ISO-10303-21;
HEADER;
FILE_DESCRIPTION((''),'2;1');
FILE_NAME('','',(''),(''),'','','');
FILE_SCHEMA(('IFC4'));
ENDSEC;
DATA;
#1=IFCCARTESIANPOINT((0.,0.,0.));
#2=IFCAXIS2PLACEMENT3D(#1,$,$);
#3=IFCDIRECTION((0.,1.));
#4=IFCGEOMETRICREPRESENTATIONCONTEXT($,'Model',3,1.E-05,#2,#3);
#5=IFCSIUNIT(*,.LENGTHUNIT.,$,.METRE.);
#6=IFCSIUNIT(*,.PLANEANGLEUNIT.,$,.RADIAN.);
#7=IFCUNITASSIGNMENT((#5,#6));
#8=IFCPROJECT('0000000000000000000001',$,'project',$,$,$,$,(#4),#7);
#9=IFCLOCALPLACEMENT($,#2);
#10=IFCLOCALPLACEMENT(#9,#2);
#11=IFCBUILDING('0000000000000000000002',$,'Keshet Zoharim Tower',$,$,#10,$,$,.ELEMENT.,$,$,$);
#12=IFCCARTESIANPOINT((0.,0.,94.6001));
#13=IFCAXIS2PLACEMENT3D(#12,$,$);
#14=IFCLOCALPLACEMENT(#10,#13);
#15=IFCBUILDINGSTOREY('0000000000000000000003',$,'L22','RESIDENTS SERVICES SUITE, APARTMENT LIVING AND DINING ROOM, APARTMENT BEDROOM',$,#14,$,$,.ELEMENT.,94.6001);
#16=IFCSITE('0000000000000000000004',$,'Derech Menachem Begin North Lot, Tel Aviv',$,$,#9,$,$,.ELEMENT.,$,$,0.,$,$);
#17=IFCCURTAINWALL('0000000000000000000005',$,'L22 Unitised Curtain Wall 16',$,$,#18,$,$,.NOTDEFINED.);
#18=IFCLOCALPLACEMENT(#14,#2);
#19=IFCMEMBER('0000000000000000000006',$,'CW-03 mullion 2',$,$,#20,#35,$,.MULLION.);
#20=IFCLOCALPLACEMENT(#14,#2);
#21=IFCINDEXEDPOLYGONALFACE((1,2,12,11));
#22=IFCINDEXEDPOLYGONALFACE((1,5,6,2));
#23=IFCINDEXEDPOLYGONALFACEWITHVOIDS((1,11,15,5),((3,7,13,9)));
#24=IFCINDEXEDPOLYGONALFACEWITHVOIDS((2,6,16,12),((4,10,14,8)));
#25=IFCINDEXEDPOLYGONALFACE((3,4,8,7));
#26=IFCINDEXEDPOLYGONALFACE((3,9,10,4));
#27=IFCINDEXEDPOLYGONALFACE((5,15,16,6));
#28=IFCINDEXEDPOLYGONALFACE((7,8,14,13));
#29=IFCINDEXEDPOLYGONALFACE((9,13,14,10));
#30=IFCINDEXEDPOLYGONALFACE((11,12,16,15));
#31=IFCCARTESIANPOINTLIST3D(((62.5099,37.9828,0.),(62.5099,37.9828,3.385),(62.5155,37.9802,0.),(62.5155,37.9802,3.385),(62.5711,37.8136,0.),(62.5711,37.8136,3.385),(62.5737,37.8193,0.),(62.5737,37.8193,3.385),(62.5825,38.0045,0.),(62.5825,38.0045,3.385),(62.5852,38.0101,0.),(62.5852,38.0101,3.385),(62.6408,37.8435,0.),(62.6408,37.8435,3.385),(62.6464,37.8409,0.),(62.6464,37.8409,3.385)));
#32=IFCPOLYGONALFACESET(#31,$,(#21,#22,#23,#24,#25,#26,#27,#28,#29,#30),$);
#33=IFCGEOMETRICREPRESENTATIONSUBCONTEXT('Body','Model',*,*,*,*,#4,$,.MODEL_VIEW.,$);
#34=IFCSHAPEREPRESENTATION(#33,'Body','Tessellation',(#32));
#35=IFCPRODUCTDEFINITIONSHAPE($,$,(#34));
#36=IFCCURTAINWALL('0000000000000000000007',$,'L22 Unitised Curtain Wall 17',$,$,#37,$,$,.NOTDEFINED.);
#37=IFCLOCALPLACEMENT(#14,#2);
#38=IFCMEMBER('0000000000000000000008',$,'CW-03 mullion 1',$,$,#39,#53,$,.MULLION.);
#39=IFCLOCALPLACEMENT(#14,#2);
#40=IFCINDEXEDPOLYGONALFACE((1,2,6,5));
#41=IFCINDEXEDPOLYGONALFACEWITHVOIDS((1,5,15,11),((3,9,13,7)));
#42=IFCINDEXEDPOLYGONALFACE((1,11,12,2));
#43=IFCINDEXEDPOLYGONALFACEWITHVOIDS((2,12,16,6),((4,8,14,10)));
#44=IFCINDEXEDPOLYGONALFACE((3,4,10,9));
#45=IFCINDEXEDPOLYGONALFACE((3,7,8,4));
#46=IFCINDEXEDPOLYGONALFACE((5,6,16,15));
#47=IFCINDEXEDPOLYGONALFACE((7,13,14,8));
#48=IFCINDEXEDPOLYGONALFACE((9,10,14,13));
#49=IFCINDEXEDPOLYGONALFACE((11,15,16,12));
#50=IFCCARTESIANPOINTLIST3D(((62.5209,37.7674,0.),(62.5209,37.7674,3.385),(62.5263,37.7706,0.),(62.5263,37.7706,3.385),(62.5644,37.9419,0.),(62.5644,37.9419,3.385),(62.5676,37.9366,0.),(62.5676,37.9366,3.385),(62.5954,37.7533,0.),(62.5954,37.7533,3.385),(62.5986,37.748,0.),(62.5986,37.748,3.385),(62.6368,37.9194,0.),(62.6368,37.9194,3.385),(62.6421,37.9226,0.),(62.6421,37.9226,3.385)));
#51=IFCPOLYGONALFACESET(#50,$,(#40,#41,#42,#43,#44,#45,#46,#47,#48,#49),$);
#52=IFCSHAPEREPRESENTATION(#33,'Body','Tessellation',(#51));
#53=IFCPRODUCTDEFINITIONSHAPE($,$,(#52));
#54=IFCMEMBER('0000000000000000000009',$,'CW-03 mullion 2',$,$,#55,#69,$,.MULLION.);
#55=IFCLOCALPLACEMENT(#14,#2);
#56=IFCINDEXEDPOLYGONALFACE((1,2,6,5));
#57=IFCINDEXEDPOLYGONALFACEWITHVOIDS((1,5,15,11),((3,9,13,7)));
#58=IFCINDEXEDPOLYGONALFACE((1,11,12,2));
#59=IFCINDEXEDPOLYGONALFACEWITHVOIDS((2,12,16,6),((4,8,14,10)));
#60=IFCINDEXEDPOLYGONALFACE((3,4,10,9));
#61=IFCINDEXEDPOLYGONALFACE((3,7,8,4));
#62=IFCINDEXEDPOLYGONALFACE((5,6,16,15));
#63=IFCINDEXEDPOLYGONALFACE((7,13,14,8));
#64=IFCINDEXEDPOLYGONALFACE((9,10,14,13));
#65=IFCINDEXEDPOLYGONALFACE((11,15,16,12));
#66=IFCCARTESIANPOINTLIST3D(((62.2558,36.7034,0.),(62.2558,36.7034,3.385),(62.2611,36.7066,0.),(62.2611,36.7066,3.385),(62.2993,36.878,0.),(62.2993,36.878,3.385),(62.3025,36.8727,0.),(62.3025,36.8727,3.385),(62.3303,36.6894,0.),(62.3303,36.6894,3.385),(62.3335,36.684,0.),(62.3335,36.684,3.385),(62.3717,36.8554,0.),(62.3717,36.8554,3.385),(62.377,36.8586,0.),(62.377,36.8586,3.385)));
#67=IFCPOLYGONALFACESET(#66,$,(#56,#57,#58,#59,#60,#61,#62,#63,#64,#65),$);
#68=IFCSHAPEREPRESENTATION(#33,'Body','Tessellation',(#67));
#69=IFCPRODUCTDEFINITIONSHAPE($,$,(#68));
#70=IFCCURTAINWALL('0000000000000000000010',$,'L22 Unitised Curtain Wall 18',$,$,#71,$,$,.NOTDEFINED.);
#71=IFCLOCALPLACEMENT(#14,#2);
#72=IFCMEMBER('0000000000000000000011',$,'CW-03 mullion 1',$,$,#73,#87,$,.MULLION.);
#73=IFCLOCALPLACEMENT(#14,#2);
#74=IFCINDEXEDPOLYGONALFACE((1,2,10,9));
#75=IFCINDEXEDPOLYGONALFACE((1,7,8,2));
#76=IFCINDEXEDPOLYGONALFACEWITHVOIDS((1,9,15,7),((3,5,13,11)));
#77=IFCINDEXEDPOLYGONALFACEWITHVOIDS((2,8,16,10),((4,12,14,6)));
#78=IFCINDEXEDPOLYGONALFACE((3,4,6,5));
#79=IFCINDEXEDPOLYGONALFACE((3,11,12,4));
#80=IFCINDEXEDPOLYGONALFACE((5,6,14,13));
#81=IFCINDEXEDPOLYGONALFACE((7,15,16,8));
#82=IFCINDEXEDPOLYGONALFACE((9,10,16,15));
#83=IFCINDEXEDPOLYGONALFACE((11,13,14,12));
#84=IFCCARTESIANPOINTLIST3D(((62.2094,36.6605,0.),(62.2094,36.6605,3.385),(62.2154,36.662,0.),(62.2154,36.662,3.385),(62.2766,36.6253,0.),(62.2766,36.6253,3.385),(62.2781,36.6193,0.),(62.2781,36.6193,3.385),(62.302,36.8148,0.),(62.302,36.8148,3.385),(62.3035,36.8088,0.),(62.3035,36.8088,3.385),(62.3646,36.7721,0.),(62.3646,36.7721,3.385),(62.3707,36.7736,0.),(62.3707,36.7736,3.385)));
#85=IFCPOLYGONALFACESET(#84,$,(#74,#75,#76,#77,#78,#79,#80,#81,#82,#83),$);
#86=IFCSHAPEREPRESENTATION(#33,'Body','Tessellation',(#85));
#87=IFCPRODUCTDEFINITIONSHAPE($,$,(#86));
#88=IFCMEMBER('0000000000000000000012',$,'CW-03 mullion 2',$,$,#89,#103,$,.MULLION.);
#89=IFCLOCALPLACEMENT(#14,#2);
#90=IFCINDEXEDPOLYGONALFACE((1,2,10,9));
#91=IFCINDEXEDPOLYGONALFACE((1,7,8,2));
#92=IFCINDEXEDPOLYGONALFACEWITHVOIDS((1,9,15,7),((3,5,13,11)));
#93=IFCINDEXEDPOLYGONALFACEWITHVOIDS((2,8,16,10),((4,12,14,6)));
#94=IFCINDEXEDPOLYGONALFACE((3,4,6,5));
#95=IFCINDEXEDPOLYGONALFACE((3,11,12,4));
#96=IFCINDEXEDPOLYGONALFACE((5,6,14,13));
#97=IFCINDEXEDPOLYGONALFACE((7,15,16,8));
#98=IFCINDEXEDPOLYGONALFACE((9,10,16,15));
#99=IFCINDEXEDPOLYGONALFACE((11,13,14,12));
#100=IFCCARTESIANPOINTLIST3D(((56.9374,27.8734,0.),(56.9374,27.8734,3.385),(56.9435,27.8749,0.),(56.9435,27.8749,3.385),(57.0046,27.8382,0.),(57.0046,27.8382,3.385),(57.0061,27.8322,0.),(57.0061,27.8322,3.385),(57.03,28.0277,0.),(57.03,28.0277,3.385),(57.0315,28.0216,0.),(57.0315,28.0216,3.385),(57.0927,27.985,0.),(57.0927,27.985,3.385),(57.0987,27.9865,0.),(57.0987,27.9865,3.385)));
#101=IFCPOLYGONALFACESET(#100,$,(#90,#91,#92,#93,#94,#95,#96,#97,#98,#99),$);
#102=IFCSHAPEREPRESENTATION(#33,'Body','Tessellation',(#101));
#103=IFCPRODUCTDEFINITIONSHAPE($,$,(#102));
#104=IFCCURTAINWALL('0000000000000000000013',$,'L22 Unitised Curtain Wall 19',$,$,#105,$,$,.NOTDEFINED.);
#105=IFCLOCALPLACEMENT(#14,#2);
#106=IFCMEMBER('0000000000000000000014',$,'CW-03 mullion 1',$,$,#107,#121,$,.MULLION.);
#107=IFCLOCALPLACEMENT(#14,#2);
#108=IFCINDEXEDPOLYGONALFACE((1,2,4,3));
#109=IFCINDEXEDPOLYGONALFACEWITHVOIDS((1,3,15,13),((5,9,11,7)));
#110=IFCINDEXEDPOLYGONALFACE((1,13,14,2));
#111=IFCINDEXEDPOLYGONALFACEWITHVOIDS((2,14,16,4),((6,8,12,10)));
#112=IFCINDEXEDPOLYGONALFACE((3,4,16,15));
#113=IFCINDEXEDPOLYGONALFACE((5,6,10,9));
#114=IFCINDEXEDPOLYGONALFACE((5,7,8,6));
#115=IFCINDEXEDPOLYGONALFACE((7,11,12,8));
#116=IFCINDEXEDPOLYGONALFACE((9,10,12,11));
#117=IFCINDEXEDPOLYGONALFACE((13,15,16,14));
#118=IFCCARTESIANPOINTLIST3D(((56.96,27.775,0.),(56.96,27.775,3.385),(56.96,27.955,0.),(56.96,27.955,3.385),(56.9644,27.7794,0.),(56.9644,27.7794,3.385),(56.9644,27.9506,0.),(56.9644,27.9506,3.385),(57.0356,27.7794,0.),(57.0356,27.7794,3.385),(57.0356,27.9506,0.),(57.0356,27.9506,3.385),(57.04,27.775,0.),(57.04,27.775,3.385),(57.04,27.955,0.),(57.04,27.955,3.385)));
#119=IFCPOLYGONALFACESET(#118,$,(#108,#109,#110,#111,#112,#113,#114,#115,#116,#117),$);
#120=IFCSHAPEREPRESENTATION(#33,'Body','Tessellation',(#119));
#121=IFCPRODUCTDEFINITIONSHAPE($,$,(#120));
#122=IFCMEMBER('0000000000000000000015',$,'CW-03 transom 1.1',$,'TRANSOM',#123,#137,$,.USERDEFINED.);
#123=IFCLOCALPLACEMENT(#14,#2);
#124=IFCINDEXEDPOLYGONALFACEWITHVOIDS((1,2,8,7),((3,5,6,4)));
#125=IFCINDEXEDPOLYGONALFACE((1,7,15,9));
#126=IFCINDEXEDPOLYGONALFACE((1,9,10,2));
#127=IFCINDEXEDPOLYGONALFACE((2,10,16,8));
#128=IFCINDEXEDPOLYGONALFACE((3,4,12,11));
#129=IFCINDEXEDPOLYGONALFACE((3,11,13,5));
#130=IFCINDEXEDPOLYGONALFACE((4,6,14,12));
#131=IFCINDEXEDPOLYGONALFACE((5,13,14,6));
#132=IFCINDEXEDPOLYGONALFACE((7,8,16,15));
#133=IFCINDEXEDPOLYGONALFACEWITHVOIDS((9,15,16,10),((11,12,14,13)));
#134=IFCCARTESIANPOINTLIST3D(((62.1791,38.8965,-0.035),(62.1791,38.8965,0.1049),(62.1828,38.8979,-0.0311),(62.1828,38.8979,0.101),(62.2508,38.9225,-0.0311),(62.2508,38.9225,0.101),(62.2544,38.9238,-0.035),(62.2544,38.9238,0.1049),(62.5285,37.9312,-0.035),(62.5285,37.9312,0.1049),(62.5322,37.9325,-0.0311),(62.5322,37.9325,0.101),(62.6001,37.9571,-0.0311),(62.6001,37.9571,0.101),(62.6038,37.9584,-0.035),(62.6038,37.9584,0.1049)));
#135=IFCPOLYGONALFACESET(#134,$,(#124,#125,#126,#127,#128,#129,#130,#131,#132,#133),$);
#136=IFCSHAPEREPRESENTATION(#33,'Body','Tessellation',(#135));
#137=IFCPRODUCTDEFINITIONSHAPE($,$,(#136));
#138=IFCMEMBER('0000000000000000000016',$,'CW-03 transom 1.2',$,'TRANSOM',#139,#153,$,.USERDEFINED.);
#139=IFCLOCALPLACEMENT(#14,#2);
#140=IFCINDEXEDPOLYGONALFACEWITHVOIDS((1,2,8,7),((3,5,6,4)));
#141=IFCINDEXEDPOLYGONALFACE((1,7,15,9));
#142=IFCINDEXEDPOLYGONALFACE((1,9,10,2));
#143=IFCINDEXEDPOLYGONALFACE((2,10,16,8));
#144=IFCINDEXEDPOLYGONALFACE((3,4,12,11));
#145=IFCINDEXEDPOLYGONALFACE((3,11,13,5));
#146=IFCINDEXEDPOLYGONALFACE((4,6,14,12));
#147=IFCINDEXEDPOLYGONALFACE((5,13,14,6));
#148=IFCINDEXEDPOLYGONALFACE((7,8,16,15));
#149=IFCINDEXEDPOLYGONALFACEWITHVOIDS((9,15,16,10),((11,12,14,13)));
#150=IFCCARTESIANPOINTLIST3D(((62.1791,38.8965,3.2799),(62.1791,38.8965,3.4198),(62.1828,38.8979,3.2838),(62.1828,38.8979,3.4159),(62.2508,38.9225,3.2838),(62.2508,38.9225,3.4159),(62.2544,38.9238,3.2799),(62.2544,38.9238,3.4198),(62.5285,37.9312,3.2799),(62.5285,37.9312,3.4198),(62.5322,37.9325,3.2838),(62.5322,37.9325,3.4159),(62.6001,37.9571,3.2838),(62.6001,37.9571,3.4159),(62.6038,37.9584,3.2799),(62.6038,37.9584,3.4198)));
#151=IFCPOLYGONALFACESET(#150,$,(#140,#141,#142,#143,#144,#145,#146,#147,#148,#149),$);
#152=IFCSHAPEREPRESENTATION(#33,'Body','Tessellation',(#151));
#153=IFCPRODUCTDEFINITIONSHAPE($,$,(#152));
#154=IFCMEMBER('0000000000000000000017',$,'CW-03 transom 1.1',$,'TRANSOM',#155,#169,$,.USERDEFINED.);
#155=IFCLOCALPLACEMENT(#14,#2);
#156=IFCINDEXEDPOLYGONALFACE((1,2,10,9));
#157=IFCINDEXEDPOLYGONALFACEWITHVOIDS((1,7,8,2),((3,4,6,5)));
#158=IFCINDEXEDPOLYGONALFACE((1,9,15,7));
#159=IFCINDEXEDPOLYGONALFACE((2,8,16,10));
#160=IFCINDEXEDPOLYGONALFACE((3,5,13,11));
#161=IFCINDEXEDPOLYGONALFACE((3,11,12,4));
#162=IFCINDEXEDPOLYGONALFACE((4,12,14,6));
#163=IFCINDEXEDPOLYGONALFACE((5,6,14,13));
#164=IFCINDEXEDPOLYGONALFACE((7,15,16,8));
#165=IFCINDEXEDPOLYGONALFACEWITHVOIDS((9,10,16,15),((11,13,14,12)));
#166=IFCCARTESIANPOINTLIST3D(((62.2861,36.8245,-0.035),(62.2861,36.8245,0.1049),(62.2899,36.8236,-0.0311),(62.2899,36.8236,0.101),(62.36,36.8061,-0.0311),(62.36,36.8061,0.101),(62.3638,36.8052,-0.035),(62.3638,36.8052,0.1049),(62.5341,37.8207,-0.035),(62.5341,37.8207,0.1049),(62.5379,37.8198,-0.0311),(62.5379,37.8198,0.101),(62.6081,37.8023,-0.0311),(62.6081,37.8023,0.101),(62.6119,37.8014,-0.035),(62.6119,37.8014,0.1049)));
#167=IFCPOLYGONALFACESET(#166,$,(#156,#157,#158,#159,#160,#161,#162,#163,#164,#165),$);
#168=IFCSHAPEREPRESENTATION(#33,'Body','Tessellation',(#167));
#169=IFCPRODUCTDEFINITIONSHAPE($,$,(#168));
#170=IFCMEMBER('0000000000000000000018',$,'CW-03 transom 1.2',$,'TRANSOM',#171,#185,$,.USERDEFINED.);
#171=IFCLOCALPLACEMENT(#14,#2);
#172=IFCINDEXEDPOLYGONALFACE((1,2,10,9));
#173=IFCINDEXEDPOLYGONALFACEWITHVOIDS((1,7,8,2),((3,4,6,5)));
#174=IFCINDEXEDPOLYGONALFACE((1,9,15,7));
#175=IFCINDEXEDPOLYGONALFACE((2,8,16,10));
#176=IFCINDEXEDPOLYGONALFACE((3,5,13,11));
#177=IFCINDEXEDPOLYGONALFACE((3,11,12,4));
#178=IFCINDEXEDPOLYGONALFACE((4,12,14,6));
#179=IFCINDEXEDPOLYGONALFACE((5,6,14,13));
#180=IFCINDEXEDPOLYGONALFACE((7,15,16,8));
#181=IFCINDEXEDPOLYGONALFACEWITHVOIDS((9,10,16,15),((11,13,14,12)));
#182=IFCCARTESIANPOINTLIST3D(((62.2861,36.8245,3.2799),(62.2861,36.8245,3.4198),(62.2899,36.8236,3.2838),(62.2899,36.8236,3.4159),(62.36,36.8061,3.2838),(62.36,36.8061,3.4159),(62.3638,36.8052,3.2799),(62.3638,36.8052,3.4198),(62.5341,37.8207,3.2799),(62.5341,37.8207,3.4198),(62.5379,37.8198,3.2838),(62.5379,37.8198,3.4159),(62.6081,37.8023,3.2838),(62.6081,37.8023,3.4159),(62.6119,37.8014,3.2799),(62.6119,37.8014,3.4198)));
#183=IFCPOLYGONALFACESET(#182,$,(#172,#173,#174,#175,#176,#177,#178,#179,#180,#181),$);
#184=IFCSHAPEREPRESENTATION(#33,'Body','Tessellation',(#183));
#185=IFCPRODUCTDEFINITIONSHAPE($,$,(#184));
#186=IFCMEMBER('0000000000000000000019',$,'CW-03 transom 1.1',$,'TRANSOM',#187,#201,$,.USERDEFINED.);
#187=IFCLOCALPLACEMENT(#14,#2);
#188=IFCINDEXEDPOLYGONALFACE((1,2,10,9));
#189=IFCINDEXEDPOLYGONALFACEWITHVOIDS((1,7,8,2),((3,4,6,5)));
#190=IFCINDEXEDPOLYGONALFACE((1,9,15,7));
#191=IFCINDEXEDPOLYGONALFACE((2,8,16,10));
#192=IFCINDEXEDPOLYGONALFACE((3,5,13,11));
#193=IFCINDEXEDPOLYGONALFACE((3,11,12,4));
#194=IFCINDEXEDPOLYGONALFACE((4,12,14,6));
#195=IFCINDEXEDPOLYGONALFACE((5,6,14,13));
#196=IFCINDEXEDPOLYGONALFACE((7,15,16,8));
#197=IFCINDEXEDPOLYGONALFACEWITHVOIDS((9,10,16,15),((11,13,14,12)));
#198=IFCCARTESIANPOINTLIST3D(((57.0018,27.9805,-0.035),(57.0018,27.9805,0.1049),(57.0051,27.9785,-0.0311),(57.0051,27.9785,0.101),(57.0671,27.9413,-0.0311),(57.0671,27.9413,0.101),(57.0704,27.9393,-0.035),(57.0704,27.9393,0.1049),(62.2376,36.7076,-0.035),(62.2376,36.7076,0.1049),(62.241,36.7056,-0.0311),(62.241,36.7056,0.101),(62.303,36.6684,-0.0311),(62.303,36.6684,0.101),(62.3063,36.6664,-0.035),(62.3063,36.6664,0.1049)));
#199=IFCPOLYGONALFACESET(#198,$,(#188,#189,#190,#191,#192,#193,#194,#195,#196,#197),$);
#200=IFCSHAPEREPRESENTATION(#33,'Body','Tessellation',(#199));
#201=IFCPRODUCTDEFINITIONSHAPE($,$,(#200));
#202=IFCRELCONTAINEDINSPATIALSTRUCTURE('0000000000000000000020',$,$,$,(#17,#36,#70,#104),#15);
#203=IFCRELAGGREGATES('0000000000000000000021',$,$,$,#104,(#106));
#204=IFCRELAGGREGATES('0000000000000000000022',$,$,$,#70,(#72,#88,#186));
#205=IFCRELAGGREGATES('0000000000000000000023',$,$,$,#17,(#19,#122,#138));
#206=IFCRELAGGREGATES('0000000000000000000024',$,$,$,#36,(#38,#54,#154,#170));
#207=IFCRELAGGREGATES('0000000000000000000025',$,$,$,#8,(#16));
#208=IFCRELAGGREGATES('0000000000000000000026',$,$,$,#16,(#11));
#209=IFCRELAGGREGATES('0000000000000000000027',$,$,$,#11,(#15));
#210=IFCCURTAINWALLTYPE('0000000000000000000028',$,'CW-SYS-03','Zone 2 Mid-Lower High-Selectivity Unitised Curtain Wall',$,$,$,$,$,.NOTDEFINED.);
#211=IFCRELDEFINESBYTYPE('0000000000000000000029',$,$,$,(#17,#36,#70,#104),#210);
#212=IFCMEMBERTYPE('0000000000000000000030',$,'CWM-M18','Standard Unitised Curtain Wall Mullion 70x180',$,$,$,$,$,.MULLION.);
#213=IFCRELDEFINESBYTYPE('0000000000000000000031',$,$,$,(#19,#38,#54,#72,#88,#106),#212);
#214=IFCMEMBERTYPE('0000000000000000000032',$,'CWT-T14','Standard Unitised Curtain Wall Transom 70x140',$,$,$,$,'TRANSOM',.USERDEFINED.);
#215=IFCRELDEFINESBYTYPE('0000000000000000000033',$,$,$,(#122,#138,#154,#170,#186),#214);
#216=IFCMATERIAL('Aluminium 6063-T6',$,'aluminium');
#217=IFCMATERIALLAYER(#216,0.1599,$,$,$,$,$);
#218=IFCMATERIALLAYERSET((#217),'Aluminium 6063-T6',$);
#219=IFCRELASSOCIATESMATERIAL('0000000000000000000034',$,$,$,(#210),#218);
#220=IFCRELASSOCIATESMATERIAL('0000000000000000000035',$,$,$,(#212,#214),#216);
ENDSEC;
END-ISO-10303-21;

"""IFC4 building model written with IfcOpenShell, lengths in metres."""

from ifc_helpers import new_model, si_unit, direction, frame, origin, origin_2d, place, context, subcontext, project, spatial, hollow_rectangle, extrude, material, layer, layer_set, material_profile, profile_set, type_object, element, aggregate, save


model = new_model("IFC4")

# Units and contexts
model_context = context("Model", 3, precision=1e-05, world=origin(), true_north=direction((0.0, 1.0)))
body_context = subcontext(model_context, "Body", "Model", "MODEL_VIEW")
ifc_project = project(units=[si_unit("LENGTHUNIT", "METRE"), si_unit("PLANEANGLEUNIT", "RADIAN")], contexts=[model_context])

# Site, building, storey
site_placement = place(None, origin())
site = spatial("IfcSite", under=ifc_project, at=site_placement, Name="Derech Menachem Begin North Lot, Tel Aviv", CompositionType="ELEMENT", RefElevation=0.0)
building_placement = place(site_placement, origin())
building = spatial("IfcBuilding", under=site, at=building_placement, Name="Keshet Zoharim Tower", CompositionType="ELEMENT")
storey_placement = place(building_placement, frame((0.0, 0.0, 94.6001)))
storey = spatial("IfcBuildingStorey", under=building, at=storey_placement, Name="L22", Description="RESIDENTS SERVICES SUITE, APARTMENT LIVING AND DINING ROOM, APARTMENT BEDROOM", CompositionType="ELEMENT", Elevation=94.6001)

# Shared definitions
ifc_material_1 = material(Name="Aluminium 6063-T6", Category="aluminium")
ifc_layer_1 = layer(ifc_material_1, 0.1599)
ifc_layer_set_1 = layer_set([ifc_layer_1], Name="Aluminium 6063-T6")
curtain_wall_type = type_object("IfcCurtainWallType", Name="CW-SYS-03", Description="Zone 2 Mid-Lower High-Selectivity Unitised Curtain Wall", PredefinedType="NOTDEFINED", material=ifc_layer_set_1)
ifc_material_profile_1 = material_profile(ifc_material_1, hollow_rectangle(XDim=0.0801, YDim=0.1799, WallThickness=0.0044, at=origin_2d()), Name="MUL-80x180")
ifc_profile_set_1 = profile_set([ifc_material_profile_1], Name="Aluminium 6063-T6")
member_type_1 = type_object("IfcMemberType", Name="CWM-M18", Description="Standard Unitised Curtain Wall Mullion 70x180", PredefinedType="MULLION", material=ifc_profile_set_1)

# Curtain walls, members
curtain_wall_1_placement = place(storey_placement, origin())
curtain_wall_1 = element("IfcCurtainWall", 1, at=curtain_wall_1_placement, inside=storey, type_object=curtain_wall_type, Name="L22 Unitised Curtain Wall 16", PredefinedType="NOTDEFINED")
member_1_placement = place(storey_placement, frame((62.5781, 37.9119, 0.0), z_axis=(0.0, 0.0, 1.0), x_axis=(0.940318, 0.340297, 0.0)))
member_1 = element("IfcMember", 2, at=member_1_placement, type_object=member_type_1, Name="CW-03 mullion 2", PredefinedType="MULLION", context=body_context, shape_type="SweptSolid", body=[
    extrude(hollow_rectangle(XDim=0.0801, YDim=0.1799, WallThickness=0.0044, at=origin_2d()), origin(), (0.0, 0.0, 1.0), 3.385),
])
curtain_wall_2_placement = place(storey_placement, origin())
curtain_wall_2 = element("IfcCurtainWall", 3, at=curtain_wall_2_placement, inside=storey, type_object=curtain_wall_type, Name="L22 Unitised Curtain Wall 17", PredefinedType="NOTDEFINED")
member_2_placement = place(storey_placement, frame((62.5815, 37.845, 0.0), z_axis=(0.0, 0.0, 1.0), x_axis=(0.970344, -0.241729, 0.0)))
member_2 = element("IfcMember", 4, at=member_2_placement, type_object=member_type_1, Name="CW-03 mullion 1", PredefinedType="MULLION", context=body_context, shape_type="SweptSolid", body=[
    extrude(hollow_rectangle(XDim=0.0801, YDim=0.1799, WallThickness=0.0044, at=origin_2d()), origin(), (0.0, 0.0, 1.0), 3.385),
])
member_3_placement = place(storey_placement, frame((62.3164, 36.781, 0.0), z_axis=(0.0, 0.0, 1.0), x_axis=(0.970344, -0.241729, 0.0)))
member_3 = element("IfcMember", 5, at=member_3_placement, type_object=member_type_1, Name="CW-03 mullion 2", PredefinedType="MULLION", context=body_context, shape_type="SweptSolid", body=[
    extrude(hollow_rectangle(XDim=0.0801, YDim=0.1799, WallThickness=0.0044, at=origin_2d()), origin(), (0.0, 0.0, 1.0), 3.385),
])
curtain_wall_3_placement = place(storey_placement, origin())
curtain_wall_3 = element("IfcCurtainWall", 6, at=curtain_wall_3_placement, inside=storey, type_object=curtain_wall_type, Name="L22 Unitised Curtain Wall 18", PredefinedType="NOTDEFINED")
member_4_placement = place(storey_placement, frame((62.29, 36.717, 0.0), z_axis=(0.0, 0.0, 1.0), x_axis=(0.857501, -0.514482, 0.0)))
member_4 = element("IfcMember", 7, at=member_4_placement, type_object=member_type_1, Name="CW-03 mullion 1", PredefinedType="MULLION", context=body_context, shape_type="SweptSolid", body=[
    extrude(hollow_rectangle(XDim=0.0801, YDim=0.1799, WallThickness=0.0044, at=origin_2d()), origin(), (0.0, 0.0, 1.0), 3.385),
])
member_5_placement = place(storey_placement, frame((57.0181, 27.9299, 0.0), z_axis=(0.0, 0.0, 1.0), x_axis=(0.857501, -0.514482, 0.0)))
member_5 = element("IfcMember", 8, at=member_5_placement, type_object=member_type_1, Name="CW-03 mullion 2", PredefinedType="MULLION", context=body_context, shape_type="SweptSolid", body=[
    extrude(hollow_rectangle(XDim=0.0801, YDim=0.1799, WallThickness=0.0044, at=origin_2d()), origin(), (0.0, 0.0, 1.0), 3.385),
])

# Curtain wall, member
curtain_wall_4_placement = place(storey_placement, origin())
curtain_wall_4 = element("IfcCurtainWall", 9, at=curtain_wall_4_placement, inside=storey, type_object=curtain_wall_type, Name="L22 Unitised Curtain Wall 19", PredefinedType="NOTDEFINED")
member_6_placement = place(storey_placement, frame((57.0, 27.865, 0.0), z_axis=(0.0, 0.0, 1.0), x_axis=(1.0, 0.0, 0.0)))
member_6 = element("IfcMember", 10, at=member_6_placement, type_object=member_type_1, Name="CW-03 mullion 1", PredefinedType="MULLION", context=body_context, shape_type="SweptSolid", body=[
    extrude(hollow_rectangle(XDim=0.0801, YDim=0.1799, WallThickness=0.0044, at=origin_2d()), origin(), (0.0, 0.0, 1.0), 3.385),
])
aggregate(curtain_wall_4, [member_6])

# Members
ifc_material_profile_2 = material_profile(ifc_material_1, hollow_rectangle(XDim=0.0801, YDim=0.1399, WallThickness=0.0039, at=origin_2d()), Name="TRN-80x140")
ifc_profile_set_2 = profile_set([ifc_material_profile_2], Name="Aluminium 6063-T6")
member_type_2 = type_object("IfcMemberType", Name="CWT-T14", Description="Standard Unitised Curtain Wall Transom 70x140", ElementType="TRANSOM", PredefinedType="USERDEFINED", material=ifc_profile_set_2)
member_7_placement = place(storey_placement, frame((62.2168, 38.9102, 0.0349), z_axis=(0.340311, -0.940313, 0.0), x_axis=(0.940313, 0.340311, 0.0)))
member_7 = element("IfcMember", 11, at=member_7_placement, type_object=member_type_2, Name="CW-03 transom 1.1", ObjectType="TRANSOM", PredefinedType="USERDEFINED", context=body_context, shape_type="SweptSolid", body=[
    extrude(hollow_rectangle(XDim=0.0801, YDim=0.1399, WallThickness=0.0039, at=origin_2d()), origin(), (0.0, 0.0, 1.0), 1.0266),
])
member_8_placement = place(storey_placement, frame((62.2168, 38.9102, 3.3499), z_axis=(0.340311, -0.940313, 0.0), x_axis=(0.940313, 0.340311, 0.0)))
member_8 = element("IfcMember", 12, at=member_8_placement, type_object=member_type_2, Name="CW-03 transom 1.2", ObjectType="TRANSOM", PredefinedType="USERDEFINED", context=body_context, shape_type="SweptSolid", body=[
    extrude(hollow_rectangle(XDim=0.0801, YDim=0.1399, WallThickness=0.0039, at=origin_2d()), origin(), (0.0, 0.0, 1.0), 1.0266),
])
member_9_placement = place(storey_placement, frame((62.573, 37.811, 0.0349), z_axis=(-0.24164, -0.970366, 0.0), x_axis=(0.970366, -0.24164, 0.0)))
member_9 = element("IfcMember", 13, at=member_9_placement, type_object=member_type_2, Name="CW-03 transom 1.1", ObjectType="TRANSOM", PredefinedType="USERDEFINED", context=body_context, shape_type="SweptSolid", body=[
    extrude(hollow_rectangle(XDim=0.0801, YDim=0.1399, WallThickness=0.0039, at=origin_2d()), origin(), (0.0, 0.0, 1.0), 1.0266),
])
member_10_placement = place(storey_placement, frame((62.573, 37.811, 3.3499), z_axis=(-0.24164, -0.970366, 0.0), x_axis=(0.970366, -0.24164, 0.0)))
member_10 = element("IfcMember", 14, at=member_10_placement, type_object=member_type_2, Name="CW-03 transom 1.2", ObjectType="TRANSOM", PredefinedType="USERDEFINED", context=body_context, shape_type="SweptSolid", body=[
    extrude(hollow_rectangle(XDim=0.0801, YDim=0.1399, WallThickness=0.0039, at=origin_2d()), origin(), (0.0, 0.0, 1.0), 1.0266),
])
member_11_placement = place(storey_placement, frame((62.272, 36.687, 0.0349), z_axis=(-0.514468, -0.85751, 0.0), x_axis=(0.85751, -0.514468, 0.0)))
member_11 = element("IfcMember", 15, at=member_11_placement, type_object=member_type_2, Name="CW-03 transom 1.1", ObjectType="TRANSOM", PredefinedType="USERDEFINED", context=body_context, shape_type="SweptSolid", body=[
    extrude(hollow_rectangle(XDim=0.0801, YDim=0.1399, WallThickness=0.0039, at=origin_2d()), origin(), (0.0, 0.0, 1.0), 10.1772),
])

aggregate(curtain_wall_3, [member_4, member_5, member_11])
aggregate(curtain_wall_1, [member_1, member_7, member_8])
aggregate(curtain_wall_2, [member_2, member_3, member_9, member_10])

save(model, "model.ifc")
